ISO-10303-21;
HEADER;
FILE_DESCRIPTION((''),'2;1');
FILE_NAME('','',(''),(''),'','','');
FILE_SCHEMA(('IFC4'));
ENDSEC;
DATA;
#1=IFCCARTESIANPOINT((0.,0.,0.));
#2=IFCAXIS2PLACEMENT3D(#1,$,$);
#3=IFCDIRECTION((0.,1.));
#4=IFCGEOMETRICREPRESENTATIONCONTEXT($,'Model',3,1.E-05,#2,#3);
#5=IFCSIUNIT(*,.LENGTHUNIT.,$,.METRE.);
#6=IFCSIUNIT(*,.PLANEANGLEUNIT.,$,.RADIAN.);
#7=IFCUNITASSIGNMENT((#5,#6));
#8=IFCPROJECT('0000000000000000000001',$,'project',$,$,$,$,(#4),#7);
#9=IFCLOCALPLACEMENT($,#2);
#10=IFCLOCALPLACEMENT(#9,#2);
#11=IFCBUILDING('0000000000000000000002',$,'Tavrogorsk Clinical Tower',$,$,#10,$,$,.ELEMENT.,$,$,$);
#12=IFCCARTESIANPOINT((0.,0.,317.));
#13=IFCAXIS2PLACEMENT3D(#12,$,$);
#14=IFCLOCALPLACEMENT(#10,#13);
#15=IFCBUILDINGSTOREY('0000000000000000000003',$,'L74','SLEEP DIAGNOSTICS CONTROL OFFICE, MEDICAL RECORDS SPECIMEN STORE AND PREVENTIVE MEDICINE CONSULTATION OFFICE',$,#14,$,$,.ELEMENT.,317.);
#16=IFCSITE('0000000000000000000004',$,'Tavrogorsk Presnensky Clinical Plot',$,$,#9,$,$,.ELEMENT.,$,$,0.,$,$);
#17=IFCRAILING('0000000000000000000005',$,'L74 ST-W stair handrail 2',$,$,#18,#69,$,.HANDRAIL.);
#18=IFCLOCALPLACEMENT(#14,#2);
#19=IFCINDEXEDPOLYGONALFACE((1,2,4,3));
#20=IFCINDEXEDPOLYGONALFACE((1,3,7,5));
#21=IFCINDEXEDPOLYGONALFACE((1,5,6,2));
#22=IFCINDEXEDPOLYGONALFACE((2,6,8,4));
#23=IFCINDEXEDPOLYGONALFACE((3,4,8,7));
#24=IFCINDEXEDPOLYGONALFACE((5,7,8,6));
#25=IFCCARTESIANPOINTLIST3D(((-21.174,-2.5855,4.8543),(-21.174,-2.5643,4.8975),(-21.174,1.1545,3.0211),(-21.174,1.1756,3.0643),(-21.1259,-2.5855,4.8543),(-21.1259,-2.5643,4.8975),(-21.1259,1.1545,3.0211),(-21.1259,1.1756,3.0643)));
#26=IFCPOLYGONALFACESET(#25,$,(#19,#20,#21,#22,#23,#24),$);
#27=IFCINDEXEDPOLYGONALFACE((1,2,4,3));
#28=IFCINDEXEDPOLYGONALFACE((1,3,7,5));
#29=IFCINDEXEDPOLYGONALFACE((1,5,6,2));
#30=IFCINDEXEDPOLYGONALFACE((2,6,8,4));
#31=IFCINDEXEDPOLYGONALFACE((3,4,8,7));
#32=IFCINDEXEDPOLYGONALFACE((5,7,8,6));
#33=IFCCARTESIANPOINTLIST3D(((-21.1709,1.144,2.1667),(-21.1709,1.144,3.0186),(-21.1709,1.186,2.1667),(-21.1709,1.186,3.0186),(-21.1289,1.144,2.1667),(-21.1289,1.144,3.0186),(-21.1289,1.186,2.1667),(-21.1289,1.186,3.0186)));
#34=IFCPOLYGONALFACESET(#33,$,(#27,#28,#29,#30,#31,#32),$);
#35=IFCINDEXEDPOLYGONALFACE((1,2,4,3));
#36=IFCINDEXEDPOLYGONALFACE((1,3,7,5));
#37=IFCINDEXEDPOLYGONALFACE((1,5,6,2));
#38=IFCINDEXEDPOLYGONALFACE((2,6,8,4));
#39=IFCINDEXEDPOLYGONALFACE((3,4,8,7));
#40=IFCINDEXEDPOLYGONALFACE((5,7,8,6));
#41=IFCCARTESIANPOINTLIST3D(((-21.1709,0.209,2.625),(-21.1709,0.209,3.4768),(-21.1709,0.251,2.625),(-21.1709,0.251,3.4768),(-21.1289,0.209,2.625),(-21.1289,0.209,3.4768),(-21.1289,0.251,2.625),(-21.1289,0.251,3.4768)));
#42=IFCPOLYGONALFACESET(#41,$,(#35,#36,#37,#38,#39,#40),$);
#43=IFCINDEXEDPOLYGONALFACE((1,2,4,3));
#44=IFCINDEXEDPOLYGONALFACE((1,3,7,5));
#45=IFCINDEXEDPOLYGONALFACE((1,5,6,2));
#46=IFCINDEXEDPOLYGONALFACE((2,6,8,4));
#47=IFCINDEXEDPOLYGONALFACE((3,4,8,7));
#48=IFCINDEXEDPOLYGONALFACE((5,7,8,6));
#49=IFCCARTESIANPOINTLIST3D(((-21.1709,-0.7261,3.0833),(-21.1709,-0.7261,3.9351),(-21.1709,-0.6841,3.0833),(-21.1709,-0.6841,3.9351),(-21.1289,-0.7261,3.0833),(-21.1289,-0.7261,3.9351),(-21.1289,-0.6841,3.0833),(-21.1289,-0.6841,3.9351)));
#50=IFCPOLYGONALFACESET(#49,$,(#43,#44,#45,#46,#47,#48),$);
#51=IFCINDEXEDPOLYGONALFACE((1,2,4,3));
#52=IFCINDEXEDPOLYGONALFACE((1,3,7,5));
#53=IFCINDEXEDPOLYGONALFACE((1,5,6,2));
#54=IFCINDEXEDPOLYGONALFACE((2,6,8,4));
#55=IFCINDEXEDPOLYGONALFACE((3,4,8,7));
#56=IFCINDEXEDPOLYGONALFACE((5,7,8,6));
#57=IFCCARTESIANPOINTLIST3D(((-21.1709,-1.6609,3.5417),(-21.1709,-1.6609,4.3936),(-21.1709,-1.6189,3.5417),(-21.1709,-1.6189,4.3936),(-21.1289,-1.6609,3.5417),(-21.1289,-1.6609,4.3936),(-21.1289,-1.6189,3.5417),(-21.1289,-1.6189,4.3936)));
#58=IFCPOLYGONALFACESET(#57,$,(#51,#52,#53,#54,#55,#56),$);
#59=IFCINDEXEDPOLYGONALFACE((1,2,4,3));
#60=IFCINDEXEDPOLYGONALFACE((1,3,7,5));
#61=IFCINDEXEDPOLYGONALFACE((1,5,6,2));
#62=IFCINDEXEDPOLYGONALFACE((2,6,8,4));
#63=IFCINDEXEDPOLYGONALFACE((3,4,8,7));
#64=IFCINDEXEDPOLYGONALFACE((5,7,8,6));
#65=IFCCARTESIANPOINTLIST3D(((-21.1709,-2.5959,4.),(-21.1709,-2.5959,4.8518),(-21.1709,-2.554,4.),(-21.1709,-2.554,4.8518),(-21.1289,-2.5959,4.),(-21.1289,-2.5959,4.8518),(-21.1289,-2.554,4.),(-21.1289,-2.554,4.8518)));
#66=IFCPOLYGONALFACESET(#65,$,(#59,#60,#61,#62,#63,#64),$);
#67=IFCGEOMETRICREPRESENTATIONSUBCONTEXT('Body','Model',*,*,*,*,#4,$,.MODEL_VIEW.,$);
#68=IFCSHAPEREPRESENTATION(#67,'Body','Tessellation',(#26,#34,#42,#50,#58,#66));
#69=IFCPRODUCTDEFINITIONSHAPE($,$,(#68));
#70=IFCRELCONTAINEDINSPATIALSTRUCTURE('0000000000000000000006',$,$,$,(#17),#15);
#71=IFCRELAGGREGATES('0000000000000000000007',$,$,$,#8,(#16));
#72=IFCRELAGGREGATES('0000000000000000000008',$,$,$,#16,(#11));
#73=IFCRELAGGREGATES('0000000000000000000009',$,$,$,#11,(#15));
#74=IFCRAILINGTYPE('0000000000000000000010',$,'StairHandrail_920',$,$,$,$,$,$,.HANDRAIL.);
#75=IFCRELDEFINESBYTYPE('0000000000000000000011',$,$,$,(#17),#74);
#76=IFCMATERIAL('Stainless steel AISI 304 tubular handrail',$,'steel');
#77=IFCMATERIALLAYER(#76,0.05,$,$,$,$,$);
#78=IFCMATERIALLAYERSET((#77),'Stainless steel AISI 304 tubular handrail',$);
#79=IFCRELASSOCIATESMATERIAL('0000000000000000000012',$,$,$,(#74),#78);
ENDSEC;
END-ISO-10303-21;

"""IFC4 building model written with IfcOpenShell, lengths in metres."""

from ifc_helpers import new_model, si_unit, direction, frame, origin, origin_2d, place, context, subcontext, project, spatial, rectangle, extrude, material, layer, layer_set, type_object, element, save


model = new_model("IFC4")

# Units and contexts
model_context = context("Model", 3, precision=1e-05, world=origin(), true_north=direction((0.0, 1.0)))
body_context = subcontext(model_context, "Body", "Model", "MODEL_VIEW")
ifc_project = project(units=[si_unit("LENGTHUNIT", "METRE"), si_unit("PLANEANGLEUNIT", "RADIAN")], contexts=[model_context])

# Site, building, storey
site_placement = place(None, origin())
site = spatial("IfcSite", under=ifc_project, at=site_placement, Name="Tavrogorsk Presnensky Clinical Plot", CompositionType="ELEMENT", RefElevation=0.0)
building_placement = place(site_placement, origin())
building = spatial("IfcBuilding", under=site, at=building_placement, Name="Tavrogorsk Clinical Tower", CompositionType="ELEMENT")
storey_placement = place(building_placement, frame((0.0, 0.0, 317.0)))
storey = spatial("IfcBuildingStorey", under=building, at=storey_placement, Name="L74", Description="SLEEP DIAGNOSTICS CONTROL OFFICE, MEDICAL RECORDS SPECIMEN STORE AND PREVENTIVE MEDICINE CONSULTATION OFFICE", CompositionType="ELEMENT", Elevation=317.0)

# Railing
ifc_material_1 = material(Name="Stainless steel AISI 304 tubular handrail", Category="steel")
ifc_layer_1 = layer(ifc_material_1, 0.05)
ifc_layer_set_1 = layer_set([ifc_layer_1], Name="Stainless steel AISI 304 tubular handrail")
railing_type_1 = type_object("IfcRailingType", Name="StairHandrail_920", PredefinedType="HANDRAIL", material=ifc_layer_set_1)
railing_1_placement = place(storey_placement, frame((-21.1499, 1.165, 2.1667)))
element("IfcRailing", 1, at=railing_1_placement, inside=storey, type_object=railing_type_1, Name="L74 ST-W stair handrail 2", PredefinedType="HANDRAIL", context=body_context, shape_type="SweptSolid", body=[
    extrude(rectangle(XDim=0.0481, YDim=0.0481, at=origin_2d()), frame((0.0, 0.0, 0.876), z_axis=(0.0, -0.897928, 0.440142), x_axis=(1.0, 0.0, 0.0)), (0.0, 0.0, 1.0), 4.165),
    extrude(rectangle(XDim=0.042, YDim=0.042, at=origin_2d()), origin(), (0.0, 0.0, 1.0), 0.8518),
    extrude(rectangle(XDim=0.042, YDim=0.042, at=origin_2d()), frame((0.0, -0.9351, 0.4583)), (0.0, 0.0, 1.0), 0.8518),
    extrude(rectangle(XDim=0.042, YDim=0.042, at=origin_2d()), frame((0.0, -1.8701, 0.9165)), (0.0, 0.0, 1.0), 0.8518),
    extrude(rectangle(XDim=0.042, YDim=0.042, at=origin_2d()), frame((0.0, -2.8049, 1.375)), (0.0, 0.0, 1.0), 0.8518),
    extrude(rectangle(XDim=0.042, YDim=0.042, at=origin_2d()), frame((0.0, -3.74, 1.8333)), (0.0, 0.0, 1.0), 0.8518),
])

save(model, "model.ifc")
